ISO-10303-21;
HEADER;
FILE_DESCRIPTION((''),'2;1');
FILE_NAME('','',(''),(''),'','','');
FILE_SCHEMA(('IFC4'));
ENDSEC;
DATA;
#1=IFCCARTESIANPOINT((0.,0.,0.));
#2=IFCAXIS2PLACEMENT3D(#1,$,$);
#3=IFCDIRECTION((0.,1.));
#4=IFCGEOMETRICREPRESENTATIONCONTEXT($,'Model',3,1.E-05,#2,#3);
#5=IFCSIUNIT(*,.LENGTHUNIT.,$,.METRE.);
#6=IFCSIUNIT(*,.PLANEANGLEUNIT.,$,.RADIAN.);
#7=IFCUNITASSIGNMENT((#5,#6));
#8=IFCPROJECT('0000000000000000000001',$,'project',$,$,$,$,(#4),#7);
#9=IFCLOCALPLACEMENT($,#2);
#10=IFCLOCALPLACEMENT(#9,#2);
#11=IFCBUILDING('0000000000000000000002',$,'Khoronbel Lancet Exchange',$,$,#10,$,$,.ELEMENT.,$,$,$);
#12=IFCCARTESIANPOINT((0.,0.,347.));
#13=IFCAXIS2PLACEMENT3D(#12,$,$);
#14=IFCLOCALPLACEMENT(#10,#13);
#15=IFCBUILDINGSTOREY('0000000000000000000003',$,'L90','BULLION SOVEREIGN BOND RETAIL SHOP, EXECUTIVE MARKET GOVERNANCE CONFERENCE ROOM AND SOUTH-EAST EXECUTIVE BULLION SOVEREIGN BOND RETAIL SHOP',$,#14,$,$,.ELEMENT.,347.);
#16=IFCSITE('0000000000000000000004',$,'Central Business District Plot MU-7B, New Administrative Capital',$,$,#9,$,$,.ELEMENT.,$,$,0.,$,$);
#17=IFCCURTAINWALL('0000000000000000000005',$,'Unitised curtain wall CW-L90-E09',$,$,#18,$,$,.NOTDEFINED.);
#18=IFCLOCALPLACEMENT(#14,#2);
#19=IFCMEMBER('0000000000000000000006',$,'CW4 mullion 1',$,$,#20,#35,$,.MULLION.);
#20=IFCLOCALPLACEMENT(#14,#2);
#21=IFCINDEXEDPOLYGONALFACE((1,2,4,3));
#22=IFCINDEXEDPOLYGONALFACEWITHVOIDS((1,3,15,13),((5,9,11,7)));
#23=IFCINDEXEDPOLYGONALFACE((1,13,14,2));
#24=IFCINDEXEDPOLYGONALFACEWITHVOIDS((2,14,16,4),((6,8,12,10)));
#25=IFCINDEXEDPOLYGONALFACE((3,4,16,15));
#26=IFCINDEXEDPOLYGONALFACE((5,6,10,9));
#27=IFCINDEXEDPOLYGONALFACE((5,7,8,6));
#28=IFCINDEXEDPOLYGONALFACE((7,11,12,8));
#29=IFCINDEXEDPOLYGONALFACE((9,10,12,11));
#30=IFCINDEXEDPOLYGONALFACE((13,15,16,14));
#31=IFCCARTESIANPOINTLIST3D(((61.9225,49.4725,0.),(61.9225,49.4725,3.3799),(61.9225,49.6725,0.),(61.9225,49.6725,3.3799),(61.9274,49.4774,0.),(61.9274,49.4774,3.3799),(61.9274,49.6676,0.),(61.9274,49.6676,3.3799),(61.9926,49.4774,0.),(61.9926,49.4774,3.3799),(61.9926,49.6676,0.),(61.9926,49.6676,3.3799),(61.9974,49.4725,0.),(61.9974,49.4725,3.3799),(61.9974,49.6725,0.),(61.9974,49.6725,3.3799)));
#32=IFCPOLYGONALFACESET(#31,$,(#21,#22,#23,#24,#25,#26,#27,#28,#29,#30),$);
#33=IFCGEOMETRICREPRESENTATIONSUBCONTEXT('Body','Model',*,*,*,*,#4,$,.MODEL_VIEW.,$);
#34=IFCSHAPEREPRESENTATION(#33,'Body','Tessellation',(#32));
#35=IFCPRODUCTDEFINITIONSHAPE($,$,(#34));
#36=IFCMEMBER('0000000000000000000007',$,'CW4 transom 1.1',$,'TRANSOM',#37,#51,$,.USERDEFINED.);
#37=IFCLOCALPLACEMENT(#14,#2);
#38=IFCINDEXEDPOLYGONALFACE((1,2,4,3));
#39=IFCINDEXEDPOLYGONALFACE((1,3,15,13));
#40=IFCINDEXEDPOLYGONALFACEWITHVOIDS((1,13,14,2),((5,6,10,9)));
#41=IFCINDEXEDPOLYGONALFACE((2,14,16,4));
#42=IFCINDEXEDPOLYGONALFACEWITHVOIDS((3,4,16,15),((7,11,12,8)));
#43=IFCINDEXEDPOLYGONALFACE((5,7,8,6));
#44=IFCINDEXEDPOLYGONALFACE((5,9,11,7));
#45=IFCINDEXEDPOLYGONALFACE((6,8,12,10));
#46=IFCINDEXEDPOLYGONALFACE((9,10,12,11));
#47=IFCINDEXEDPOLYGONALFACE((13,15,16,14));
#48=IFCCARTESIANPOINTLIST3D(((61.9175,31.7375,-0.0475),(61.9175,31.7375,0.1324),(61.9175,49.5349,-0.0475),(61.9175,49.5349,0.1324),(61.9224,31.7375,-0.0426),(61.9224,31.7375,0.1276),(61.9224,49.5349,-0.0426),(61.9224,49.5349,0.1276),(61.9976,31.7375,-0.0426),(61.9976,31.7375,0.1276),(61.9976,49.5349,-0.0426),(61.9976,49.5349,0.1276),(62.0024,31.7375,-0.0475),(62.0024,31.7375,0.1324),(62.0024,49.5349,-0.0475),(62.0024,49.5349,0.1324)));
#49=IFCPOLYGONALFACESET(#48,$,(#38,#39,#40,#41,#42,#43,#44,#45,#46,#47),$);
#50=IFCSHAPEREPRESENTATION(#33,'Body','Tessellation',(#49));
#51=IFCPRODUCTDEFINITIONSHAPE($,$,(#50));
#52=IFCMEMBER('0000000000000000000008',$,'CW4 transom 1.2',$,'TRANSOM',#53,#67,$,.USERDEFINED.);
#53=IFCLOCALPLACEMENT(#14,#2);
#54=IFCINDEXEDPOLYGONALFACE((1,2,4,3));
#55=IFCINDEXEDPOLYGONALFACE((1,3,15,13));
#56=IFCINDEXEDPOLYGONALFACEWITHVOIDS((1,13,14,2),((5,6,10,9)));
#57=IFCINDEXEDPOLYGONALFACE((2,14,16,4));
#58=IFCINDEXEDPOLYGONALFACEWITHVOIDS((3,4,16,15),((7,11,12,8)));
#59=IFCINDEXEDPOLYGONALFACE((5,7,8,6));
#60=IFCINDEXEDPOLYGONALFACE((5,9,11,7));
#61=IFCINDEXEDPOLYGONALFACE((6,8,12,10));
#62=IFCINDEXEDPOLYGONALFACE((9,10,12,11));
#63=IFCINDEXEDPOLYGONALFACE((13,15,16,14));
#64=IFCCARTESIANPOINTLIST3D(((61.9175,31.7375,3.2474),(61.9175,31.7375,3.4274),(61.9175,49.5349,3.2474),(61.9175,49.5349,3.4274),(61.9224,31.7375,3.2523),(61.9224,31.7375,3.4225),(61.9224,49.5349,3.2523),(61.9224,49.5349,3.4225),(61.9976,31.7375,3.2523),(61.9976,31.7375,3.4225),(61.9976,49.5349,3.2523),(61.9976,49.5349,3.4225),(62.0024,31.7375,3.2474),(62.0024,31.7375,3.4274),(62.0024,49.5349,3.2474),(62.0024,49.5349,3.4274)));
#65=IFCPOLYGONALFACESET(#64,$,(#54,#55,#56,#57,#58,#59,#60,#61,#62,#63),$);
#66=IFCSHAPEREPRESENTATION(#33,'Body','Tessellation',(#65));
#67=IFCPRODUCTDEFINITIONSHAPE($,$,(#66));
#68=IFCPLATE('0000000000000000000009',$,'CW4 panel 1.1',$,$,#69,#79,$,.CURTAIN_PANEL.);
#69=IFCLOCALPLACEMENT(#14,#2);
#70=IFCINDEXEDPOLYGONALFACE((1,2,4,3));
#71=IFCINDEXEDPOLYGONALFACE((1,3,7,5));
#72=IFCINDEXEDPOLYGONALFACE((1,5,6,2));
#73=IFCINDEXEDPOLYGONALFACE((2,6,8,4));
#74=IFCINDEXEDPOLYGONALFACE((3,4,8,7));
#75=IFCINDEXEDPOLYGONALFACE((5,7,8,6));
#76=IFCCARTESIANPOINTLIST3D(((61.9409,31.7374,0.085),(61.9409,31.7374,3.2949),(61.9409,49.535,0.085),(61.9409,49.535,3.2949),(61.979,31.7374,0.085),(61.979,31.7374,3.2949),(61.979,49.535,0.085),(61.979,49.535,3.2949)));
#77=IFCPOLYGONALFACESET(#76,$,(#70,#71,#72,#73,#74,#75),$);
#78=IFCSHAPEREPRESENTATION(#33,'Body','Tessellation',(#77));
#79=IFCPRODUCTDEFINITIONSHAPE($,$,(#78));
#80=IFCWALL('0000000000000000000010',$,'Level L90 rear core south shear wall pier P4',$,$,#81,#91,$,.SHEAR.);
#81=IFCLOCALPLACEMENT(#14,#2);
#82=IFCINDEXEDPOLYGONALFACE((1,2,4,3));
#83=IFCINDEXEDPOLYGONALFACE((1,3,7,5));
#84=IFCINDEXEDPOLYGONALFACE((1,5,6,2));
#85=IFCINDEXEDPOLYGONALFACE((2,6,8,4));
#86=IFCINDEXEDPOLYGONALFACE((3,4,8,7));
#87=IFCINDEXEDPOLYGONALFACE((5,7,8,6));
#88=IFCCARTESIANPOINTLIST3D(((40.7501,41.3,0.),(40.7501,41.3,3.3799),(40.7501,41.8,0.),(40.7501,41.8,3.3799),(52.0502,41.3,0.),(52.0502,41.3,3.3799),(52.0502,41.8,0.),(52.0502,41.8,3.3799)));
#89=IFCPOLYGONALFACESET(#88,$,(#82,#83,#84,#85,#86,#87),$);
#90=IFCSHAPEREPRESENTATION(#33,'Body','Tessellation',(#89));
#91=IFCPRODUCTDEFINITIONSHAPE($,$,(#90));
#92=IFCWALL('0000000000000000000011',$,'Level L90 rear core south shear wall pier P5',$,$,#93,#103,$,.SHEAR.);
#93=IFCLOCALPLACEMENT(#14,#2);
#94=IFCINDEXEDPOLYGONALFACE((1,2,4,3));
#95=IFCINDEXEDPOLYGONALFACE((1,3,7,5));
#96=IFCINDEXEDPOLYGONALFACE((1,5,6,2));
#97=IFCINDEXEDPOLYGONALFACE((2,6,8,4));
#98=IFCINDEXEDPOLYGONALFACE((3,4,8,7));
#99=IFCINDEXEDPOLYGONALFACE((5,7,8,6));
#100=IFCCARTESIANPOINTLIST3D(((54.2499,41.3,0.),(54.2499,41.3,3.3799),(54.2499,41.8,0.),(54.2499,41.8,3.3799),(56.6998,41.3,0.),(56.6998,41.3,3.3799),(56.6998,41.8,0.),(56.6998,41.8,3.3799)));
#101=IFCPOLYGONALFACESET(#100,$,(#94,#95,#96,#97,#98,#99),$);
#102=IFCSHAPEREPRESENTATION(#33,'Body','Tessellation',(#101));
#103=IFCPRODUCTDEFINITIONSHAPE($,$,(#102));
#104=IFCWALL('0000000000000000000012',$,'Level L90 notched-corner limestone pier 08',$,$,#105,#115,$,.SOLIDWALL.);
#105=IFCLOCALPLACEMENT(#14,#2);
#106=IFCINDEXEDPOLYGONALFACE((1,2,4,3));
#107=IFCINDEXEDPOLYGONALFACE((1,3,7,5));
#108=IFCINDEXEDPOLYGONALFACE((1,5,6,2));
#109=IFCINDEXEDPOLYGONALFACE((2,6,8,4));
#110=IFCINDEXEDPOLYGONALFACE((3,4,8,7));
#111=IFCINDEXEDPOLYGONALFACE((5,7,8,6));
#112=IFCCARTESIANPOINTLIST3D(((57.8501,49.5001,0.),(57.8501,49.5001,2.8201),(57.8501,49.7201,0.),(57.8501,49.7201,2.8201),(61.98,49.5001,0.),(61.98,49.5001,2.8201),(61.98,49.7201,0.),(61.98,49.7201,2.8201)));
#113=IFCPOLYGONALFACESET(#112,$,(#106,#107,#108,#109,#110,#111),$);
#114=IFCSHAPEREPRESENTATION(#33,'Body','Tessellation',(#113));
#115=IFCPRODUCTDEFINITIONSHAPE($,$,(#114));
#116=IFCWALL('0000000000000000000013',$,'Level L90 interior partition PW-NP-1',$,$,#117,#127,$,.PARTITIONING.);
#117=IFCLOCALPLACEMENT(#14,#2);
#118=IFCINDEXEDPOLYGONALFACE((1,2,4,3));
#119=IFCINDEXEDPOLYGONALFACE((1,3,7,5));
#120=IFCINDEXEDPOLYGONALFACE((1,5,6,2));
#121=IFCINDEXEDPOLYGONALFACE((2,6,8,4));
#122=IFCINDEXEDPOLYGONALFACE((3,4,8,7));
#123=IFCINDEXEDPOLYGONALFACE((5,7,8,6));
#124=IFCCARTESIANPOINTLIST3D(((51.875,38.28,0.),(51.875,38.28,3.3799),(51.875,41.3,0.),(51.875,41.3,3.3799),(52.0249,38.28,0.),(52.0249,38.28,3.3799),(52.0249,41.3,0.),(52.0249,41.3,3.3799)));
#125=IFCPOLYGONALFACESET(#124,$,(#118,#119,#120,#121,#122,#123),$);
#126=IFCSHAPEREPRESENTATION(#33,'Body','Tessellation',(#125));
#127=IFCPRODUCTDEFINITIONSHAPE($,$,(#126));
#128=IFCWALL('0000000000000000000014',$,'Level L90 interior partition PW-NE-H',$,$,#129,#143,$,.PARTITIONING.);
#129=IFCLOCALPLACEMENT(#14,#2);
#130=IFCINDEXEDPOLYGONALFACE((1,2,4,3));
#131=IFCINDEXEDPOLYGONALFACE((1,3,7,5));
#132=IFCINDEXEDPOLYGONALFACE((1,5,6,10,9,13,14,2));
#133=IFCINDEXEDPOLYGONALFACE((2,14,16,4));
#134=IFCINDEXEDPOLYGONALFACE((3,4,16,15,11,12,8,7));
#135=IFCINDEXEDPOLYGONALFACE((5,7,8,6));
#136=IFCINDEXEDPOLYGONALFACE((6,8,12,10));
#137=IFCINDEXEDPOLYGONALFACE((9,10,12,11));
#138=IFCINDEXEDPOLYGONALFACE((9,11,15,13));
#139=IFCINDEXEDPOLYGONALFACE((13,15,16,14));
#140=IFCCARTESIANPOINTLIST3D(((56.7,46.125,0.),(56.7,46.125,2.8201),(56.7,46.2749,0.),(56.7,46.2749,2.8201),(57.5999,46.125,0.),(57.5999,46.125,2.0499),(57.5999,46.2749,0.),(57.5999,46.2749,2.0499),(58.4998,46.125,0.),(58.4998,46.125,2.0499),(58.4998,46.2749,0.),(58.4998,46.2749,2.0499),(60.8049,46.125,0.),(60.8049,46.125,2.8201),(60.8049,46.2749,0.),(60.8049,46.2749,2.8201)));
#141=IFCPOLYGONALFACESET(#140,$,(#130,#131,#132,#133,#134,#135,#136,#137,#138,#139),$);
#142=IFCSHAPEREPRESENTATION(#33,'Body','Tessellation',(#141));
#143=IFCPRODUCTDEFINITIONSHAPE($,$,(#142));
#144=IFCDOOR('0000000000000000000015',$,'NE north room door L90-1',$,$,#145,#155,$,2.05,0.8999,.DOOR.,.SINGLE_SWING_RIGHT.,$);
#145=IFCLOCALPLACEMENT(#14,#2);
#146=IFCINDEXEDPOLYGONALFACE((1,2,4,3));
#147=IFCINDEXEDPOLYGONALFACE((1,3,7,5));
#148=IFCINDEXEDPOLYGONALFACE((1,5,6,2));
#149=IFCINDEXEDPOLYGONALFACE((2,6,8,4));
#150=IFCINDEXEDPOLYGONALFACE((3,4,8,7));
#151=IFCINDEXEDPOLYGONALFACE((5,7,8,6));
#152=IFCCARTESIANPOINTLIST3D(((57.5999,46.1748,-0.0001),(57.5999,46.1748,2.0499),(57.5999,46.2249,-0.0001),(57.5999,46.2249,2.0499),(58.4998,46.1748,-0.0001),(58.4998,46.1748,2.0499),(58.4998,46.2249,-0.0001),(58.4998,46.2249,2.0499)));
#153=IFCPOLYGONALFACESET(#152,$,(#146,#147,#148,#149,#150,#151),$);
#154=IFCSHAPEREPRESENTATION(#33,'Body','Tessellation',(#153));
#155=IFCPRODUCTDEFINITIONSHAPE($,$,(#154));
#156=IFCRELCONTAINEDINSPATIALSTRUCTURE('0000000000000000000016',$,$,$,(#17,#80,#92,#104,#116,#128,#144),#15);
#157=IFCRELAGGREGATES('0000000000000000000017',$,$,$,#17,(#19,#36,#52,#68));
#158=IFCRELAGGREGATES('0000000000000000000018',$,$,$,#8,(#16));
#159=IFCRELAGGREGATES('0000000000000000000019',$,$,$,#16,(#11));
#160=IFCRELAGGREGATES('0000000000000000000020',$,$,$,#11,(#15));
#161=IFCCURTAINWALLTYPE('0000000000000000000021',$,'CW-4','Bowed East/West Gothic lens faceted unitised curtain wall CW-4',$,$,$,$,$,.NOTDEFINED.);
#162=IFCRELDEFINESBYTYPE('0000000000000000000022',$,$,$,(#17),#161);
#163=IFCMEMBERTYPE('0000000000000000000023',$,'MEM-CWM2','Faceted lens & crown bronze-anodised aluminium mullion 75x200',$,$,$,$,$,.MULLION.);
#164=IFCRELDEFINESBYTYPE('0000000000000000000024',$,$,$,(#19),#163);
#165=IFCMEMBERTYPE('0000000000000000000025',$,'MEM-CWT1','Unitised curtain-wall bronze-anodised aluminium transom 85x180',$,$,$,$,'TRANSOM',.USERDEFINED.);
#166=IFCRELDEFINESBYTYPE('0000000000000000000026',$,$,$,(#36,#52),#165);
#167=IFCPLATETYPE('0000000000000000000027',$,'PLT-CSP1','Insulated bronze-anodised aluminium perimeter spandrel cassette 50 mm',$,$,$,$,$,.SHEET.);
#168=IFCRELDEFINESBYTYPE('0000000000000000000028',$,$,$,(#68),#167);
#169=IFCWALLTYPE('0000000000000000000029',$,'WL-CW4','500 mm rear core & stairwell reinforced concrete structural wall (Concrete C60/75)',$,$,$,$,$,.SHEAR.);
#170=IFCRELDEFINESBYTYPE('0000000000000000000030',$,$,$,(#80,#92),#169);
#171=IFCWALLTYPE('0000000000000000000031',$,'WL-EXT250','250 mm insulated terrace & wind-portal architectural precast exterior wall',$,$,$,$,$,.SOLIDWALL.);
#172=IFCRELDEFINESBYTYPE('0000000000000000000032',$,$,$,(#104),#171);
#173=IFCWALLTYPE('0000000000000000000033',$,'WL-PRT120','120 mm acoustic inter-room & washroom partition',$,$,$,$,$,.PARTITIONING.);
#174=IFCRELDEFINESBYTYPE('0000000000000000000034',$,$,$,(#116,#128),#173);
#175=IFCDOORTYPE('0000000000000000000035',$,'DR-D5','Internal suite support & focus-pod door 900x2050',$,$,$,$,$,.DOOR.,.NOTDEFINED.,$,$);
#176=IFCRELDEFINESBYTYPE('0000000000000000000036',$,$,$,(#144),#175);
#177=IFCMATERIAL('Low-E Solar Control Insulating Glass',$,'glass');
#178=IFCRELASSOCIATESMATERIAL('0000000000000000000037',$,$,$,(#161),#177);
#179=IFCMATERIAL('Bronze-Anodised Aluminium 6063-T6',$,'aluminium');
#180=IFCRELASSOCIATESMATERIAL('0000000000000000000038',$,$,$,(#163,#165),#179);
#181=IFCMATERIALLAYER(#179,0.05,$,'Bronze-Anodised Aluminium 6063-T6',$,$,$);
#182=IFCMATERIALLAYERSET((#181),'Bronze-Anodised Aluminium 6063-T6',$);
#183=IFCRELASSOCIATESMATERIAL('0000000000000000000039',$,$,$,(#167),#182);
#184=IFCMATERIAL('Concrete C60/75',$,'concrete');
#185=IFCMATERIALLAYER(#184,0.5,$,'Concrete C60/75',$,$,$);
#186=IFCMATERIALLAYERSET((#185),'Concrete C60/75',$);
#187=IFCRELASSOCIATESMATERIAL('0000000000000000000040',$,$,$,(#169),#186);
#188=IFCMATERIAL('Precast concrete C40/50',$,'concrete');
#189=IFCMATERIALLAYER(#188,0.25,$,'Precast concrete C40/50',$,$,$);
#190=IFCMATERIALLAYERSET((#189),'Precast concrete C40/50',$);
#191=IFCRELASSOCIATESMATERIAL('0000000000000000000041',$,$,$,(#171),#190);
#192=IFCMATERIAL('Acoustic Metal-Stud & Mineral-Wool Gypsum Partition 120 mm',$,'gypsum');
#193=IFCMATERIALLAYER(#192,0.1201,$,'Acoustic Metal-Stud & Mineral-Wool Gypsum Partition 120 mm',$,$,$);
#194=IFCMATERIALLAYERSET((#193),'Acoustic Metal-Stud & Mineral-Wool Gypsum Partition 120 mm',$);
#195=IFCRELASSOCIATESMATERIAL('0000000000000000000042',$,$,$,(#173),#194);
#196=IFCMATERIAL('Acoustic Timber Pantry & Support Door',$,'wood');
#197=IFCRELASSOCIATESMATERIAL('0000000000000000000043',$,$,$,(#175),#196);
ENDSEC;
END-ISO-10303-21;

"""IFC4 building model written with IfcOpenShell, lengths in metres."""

from ifc_helpers import new_model, si_unit, direction, frame, frame_2d, origin, origin_2d, place, context, subcontext, project, spatial, rectangle, hollow_rectangle, extrude, material, layer, layer_set, material_profile, profile_set, type_object, element, fill, aggregate, save


model = new_model("IFC4")

# Units and contexts
model_context = context("Model", 3, precision=1e-05, world=origin(), true_north=direction((0.0, 1.0)))
body_context = subcontext(model_context, "Body", "Model", "MODEL_VIEW")
ifc_project = project(units=[si_unit("LENGTHUNIT", "METRE"), si_unit("PLANEANGLEUNIT", "RADIAN")], contexts=[model_context])

# Site, building, storey
site_placement = place(None, origin())
site = spatial("IfcSite", under=ifc_project, at=site_placement, Name="Central Business District Plot MU-7B, New Administrative Capital", CompositionType="ELEMENT", RefElevation=0.0)
building_placement = place(site_placement, origin())
building = spatial("IfcBuilding", under=site, at=building_placement, Name="Khoronbel Lancet Exchange", CompositionType="ELEMENT")
storey_placement = place(building_placement, frame((0.0, 0.0, 347.0)))
storey = spatial("IfcBuildingStorey", under=building, at=storey_placement, Name="L90", Description="BULLION SOVEREIGN BOND RETAIL SHOP, EXECUTIVE MARKET GOVERNANCE CONFERENCE ROOM AND SOUTH-EAST EXECUTIVE BULLION SOVEREIGN BOND RETAIL SHOP", CompositionType="ELEMENT", Elevation=347.0)

# Shared definitions
ifc_material_1 = material(Name="Concrete C60/75", Category="concrete")

# Curtain wall, members, plate
ifc_material_2 = material(Name="Low-E Solar Control Insulating Glass", Category="glass")
curtain_wall_type = type_object("IfcCurtainWallType", Name="CW-4", Description="Bowed East/West Gothic lens faceted unitised curtain wall CW-4", PredefinedType="NOTDEFINED", material=ifc_material_2)
curtain_wall_placement = place(storey_placement, origin())
curtain_wall = element("IfcCurtainWall", 1, at=curtain_wall_placement, inside=storey, type_object=curtain_wall_type, Name="Unitised curtain wall CW-L90-E09", PredefinedType="NOTDEFINED")
ifc_material_3 = material(Name="Bronze-Anodised Aluminium 6063-T6", Category="aluminium")
ifc_material_profile_1 = material_profile(ifc_material_3, hollow_rectangle(XDim=0.075, YDim=0.2, WallThickness=0.0049, at=origin_2d()), Name="ALU MULLION 75x200")
ifc_profile_set_1 = profile_set([ifc_material_profile_1], Name="Bronze-Anodised Aluminium 6063-T6")
member_type_1 = type_object("IfcMemberType", Name="MEM-CWM2", Description="Faceted lens & crown bronze-anodised aluminium mullion 75x200", PredefinedType="MULLION", material=ifc_profile_set_1)
member_1_placement = place(storey_placement, frame((61.96, 49.5725, 0.0), z_axis=(0.0, 0.0, 1.0), x_axis=(1.0, 0.0, 0.0)))
member_1 = element("IfcMember", 2, at=member_1_placement, type_object=member_type_1, Name="CW4 mullion 1", PredefinedType="MULLION", context=body_context, shape_type="SweptSolid", body=[
    extrude(hollow_rectangle(XDim=0.075, YDim=0.2, WallThickness=0.0049, at=origin_2d()), origin(), (0.0, 0.0, 1.0), 3.3799),
])
ifc_material_profile_2 = material_profile(ifc_material_3, hollow_rectangle(XDim=0.085, YDim=0.1799, WallThickness=0.0049, at=origin_2d()), Name="ALU TRANSOM 85x180")
ifc_profile_set_2 = profile_set([ifc_material_profile_2], Name="Bronze-Anodised Aluminium 6063-T6")
member_type_2 = type_object("IfcMemberType", Name="MEM-CWT1", Description="Unitised curtain-wall bronze-anodised aluminium transom 85x180", ElementType="TRANSOM", PredefinedType="USERDEFINED", material=ifc_profile_set_2)
member_2_placement = place(storey_placement, frame((61.96, 49.5349, 0.0425), z_axis=(0.0, -1.0, 0.0), x_axis=(1.0, 0.0, 0.0)))
member_2 = element("IfcMember", 3, at=member_2_placement, type_object=member_type_2, Name="CW4 transom 1.1", ObjectType="TRANSOM", PredefinedType="USERDEFINED", context=body_context, shape_type="SweptSolid", body=[
    extrude(hollow_rectangle(XDim=0.085, YDim=0.1799, WallThickness=0.0049, at=origin_2d()), origin(), (0.0, 0.0, 1.0), 17.7974),
])
member_3_placement = place(storey_placement, frame((61.96, 49.5349, 3.3374), z_axis=(0.0, -1.0, 0.0), x_axis=(1.0, 0.0, 0.0)))
member_3 = element("IfcMember", 4, at=member_3_placement, type_object=member_type_2, Name="CW4 transom 1.2", ObjectType="TRANSOM", PredefinedType="USERDEFINED", context=body_context, shape_type="SweptSolid", body=[
    extrude(hollow_rectangle(XDim=0.085, YDim=0.1799, WallThickness=0.0049, at=origin_2d()), origin(), (0.0, 0.0, 1.0), 17.7974),
])
ifc_layer_1 = layer(ifc_material_3, 0.05, Name="Bronze-Anodised Aluminium 6063-T6")
ifc_layer_set_1 = layer_set([ifc_layer_1], Name="Bronze-Anodised Aluminium 6063-T6")
plate_type = type_object("IfcPlateType", Name="PLT-CSP1", Description="Insulated bronze-anodised aluminium perimeter spandrel cassette 50 mm", PredefinedType="SHEET", material=ifc_layer_set_1)
plate_placement = place(storey_placement, frame((61.96, 40.6362, 0.085), z_axis=(0.0, 0.0, 1.0), x_axis=(0.0, -1.0, 0.0)))
plate = element("IfcPlate", 5, at=plate_placement, type_object=plate_type, Name="CW4 panel 1.1", PredefinedType="CURTAIN_PANEL", context=body_context, shape_type="SweptSolid", body=[
    extrude(rectangle(XDim=17.7976, YDim=0.0381, at=origin_2d()), origin(), (0.0, 0.0, 1.0), 3.21),
])
aggregate(curtain_wall, [member_1, member_2, member_3, plate])

# Walls
ifc_layer_2 = layer(ifc_material_1, 0.5, Name="Concrete C60/75")
ifc_layer_set_2 = layer_set([ifc_layer_2], Name="Concrete C60/75")
wall_type_1 = type_object("IfcWallType", Name="WL-CW4", Description="500 mm rear core & stairwell reinforced concrete structural wall (Concrete C60/75)", PredefinedType="SHEAR", material=ifc_layer_set_2)
wall_1_placement = place(storey_placement, frame((52.05, 41.55, 0.0), z_axis=(0.0, 0.0, 1.0), x_axis=(-1.0, 0.0, 0.0)))
element("IfcWall", 6, at=wall_1_placement, inside=storey, type_object=wall_type_1, Name="Level L90 rear core south shear wall pier P4", PredefinedType="SHEAR", context=body_context, shape_type="SweptSolid", body=[
    extrude(rectangle(XDim=11.3, YDim=0.5, at=frame_2d((5.6499, 0.0))), origin(), (0.0, 0.0, 1.0), 3.3799),
])
wall_2_placement = place(storey_placement, frame((56.7, 41.55, 0.0), z_axis=(0.0, 0.0, 1.0), x_axis=(-1.0, 0.0, 0.0)))
element("IfcWall", 7, at=wall_2_placement, inside=storey, type_object=wall_type_1, Name="Level L90 rear core south shear wall pier P5", PredefinedType="SHEAR", context=body_context, shape_type="SweptSolid", body=[
    extrude(rectangle(XDim=2.45, YDim=0.5, at=frame_2d((1.2251, 0.0))), origin(), (0.0, 0.0, 1.0), 3.3799),
])
ifc_material_4 = material(Name="Precast concrete C40/50", Category="concrete")
ifc_layer_3 = layer(ifc_material_4, 0.25, Name="Precast concrete C40/50")
ifc_layer_set_3 = layer_set([ifc_layer_3], Name="Precast concrete C40/50")
wall_type_2 = type_object("IfcWallType", Name="WL-EXT250", Description="250 mm insulated terrace & wind-portal architectural precast exterior wall", PredefinedType="SOLIDWALL", material=ifc_layer_set_3)
wall_3_placement = place(storey_placement, frame((57.8501, 49.6101, 0.0), z_axis=(0.0, 0.0, 1.0), x_axis=(1.0, 0.0, 0.0)))
element("IfcWall", 8, at=wall_3_placement, inside=storey, type_object=wall_type_2, Name="Level L90 notched-corner limestone pier 08", PredefinedType="SOLIDWALL", context=body_context, shape_type="SweptSolid", body=[
    extrude(rectangle(XDim=4.1299, YDim=0.22, at=frame_2d((2.0649, 0.0))), origin(), (0.0, 0.0, 1.0), 2.8201),
])
ifc_material_5 = material(Name="Acoustic Metal-Stud & Mineral-Wool Gypsum Partition 120 mm", Category="gypsum")
ifc_layer_4 = layer(ifc_material_5, 0.1201, Name="Acoustic Metal-Stud & Mineral-Wool Gypsum Partition 120 mm")
ifc_layer_set_4 = layer_set([ifc_layer_4], Name="Acoustic Metal-Stud & Mineral-Wool Gypsum Partition 120 mm")
wall_type_3 = type_object("IfcWallType", Name="WL-PRT120", Description="120 mm acoustic inter-room & washroom partition", PredefinedType="PARTITIONING", material=ifc_layer_set_4)
wall_4_placement = place(storey_placement, frame((51.95, 38.28, 0.0), z_axis=(0.0, 0.0, 1.0), x_axis=(0.0, 1.0, 0.0)))
element("IfcWall", 9, at=wall_4_placement, inside=storey, type_object=wall_type_3, Name="Level L90 interior partition PW-NP-1", PredefinedType="PARTITIONING", context=body_context, shape_type="SweptSolid", body=[
    extrude(rectangle(XDim=3.02, YDim=0.1499, at=frame_2d((1.51, 0.0))), origin(), (0.0, 0.0, 1.0), 3.3799),
])

# Wall, opening, door
wall_5_placement = place(storey_placement, frame((56.7, 46.2, 0.0), z_axis=(0.0, 0.0, 1.0), x_axis=(1.0, 0.0, 0.0)))
wall_5 = element("IfcWall", 10, at=wall_5_placement, inside=storey, type_object=wall_type_3, Name="Level L90 interior partition PW-NE-H", PredefinedType="PARTITIONING", context=body_context, shape_type="SweptSolid", body=[
    extrude(rectangle(XDim=4.105, YDim=0.1499, at=frame_2d((2.0525, 0.0))), origin(), (0.0, 0.0, 1.0), 2.8201),
])
opening_1_placement = place(wall_5_placement, frame((0.8999, 0.0, 0.0)))
opening_1 = element("IfcOpeningElement", 11, at=opening_1_placement, cuts=wall_5, PredefinedType="OPENING", context=body_context, shape_type="SweptSolid", body=[
    extrude(rectangle(XDim=0.8999, YDim=2.05, at=frame_2d((0.45, 1.0249))), frame((0.0, 0.085, 0.0), z_axis=(0.0, -1.0, 0.0), x_axis=(1.0, 0.0, 0.0)), (0.0, 0.0, 1.0), 0.1699),
])
ifc_material_6 = material(Name="Acoustic Timber Pantry & Support Door", Category="wood")
door_type_1 = type_object("IfcDoorType", Name="DR-D5", Description="Internal suite support & focus-pod door 900x2050", OperationType="NOTDEFINED", PredefinedType="DOOR", material=ifc_material_6)
door_1_placement = place(opening_1_placement, origin())
door_1 = element("IfcDoor", 12, at=door_1_placement, inside=storey, type_object=door_type_1, Name="NE north room door L90-1", OperationType="SINGLE_SWING_RIGHT", OverallHeight=2.05, OverallWidth=0.8999, PredefinedType="DOOR", context=body_context, shape_type="SweptSolid", body=[
    extrude(rectangle(XDim=0.8999, YDim=2.05, at=frame_2d((0.45, 1.0249))), frame((0.0, 0.0249, 0.0), z_axis=(0.0, -1.0, 0.0), x_axis=(1.0, 0.0, 0.0)), (0.0, 0.0, 1.0), 0.05),
])
fill(opening_1, door_1)

save(model, "model.ifc")
